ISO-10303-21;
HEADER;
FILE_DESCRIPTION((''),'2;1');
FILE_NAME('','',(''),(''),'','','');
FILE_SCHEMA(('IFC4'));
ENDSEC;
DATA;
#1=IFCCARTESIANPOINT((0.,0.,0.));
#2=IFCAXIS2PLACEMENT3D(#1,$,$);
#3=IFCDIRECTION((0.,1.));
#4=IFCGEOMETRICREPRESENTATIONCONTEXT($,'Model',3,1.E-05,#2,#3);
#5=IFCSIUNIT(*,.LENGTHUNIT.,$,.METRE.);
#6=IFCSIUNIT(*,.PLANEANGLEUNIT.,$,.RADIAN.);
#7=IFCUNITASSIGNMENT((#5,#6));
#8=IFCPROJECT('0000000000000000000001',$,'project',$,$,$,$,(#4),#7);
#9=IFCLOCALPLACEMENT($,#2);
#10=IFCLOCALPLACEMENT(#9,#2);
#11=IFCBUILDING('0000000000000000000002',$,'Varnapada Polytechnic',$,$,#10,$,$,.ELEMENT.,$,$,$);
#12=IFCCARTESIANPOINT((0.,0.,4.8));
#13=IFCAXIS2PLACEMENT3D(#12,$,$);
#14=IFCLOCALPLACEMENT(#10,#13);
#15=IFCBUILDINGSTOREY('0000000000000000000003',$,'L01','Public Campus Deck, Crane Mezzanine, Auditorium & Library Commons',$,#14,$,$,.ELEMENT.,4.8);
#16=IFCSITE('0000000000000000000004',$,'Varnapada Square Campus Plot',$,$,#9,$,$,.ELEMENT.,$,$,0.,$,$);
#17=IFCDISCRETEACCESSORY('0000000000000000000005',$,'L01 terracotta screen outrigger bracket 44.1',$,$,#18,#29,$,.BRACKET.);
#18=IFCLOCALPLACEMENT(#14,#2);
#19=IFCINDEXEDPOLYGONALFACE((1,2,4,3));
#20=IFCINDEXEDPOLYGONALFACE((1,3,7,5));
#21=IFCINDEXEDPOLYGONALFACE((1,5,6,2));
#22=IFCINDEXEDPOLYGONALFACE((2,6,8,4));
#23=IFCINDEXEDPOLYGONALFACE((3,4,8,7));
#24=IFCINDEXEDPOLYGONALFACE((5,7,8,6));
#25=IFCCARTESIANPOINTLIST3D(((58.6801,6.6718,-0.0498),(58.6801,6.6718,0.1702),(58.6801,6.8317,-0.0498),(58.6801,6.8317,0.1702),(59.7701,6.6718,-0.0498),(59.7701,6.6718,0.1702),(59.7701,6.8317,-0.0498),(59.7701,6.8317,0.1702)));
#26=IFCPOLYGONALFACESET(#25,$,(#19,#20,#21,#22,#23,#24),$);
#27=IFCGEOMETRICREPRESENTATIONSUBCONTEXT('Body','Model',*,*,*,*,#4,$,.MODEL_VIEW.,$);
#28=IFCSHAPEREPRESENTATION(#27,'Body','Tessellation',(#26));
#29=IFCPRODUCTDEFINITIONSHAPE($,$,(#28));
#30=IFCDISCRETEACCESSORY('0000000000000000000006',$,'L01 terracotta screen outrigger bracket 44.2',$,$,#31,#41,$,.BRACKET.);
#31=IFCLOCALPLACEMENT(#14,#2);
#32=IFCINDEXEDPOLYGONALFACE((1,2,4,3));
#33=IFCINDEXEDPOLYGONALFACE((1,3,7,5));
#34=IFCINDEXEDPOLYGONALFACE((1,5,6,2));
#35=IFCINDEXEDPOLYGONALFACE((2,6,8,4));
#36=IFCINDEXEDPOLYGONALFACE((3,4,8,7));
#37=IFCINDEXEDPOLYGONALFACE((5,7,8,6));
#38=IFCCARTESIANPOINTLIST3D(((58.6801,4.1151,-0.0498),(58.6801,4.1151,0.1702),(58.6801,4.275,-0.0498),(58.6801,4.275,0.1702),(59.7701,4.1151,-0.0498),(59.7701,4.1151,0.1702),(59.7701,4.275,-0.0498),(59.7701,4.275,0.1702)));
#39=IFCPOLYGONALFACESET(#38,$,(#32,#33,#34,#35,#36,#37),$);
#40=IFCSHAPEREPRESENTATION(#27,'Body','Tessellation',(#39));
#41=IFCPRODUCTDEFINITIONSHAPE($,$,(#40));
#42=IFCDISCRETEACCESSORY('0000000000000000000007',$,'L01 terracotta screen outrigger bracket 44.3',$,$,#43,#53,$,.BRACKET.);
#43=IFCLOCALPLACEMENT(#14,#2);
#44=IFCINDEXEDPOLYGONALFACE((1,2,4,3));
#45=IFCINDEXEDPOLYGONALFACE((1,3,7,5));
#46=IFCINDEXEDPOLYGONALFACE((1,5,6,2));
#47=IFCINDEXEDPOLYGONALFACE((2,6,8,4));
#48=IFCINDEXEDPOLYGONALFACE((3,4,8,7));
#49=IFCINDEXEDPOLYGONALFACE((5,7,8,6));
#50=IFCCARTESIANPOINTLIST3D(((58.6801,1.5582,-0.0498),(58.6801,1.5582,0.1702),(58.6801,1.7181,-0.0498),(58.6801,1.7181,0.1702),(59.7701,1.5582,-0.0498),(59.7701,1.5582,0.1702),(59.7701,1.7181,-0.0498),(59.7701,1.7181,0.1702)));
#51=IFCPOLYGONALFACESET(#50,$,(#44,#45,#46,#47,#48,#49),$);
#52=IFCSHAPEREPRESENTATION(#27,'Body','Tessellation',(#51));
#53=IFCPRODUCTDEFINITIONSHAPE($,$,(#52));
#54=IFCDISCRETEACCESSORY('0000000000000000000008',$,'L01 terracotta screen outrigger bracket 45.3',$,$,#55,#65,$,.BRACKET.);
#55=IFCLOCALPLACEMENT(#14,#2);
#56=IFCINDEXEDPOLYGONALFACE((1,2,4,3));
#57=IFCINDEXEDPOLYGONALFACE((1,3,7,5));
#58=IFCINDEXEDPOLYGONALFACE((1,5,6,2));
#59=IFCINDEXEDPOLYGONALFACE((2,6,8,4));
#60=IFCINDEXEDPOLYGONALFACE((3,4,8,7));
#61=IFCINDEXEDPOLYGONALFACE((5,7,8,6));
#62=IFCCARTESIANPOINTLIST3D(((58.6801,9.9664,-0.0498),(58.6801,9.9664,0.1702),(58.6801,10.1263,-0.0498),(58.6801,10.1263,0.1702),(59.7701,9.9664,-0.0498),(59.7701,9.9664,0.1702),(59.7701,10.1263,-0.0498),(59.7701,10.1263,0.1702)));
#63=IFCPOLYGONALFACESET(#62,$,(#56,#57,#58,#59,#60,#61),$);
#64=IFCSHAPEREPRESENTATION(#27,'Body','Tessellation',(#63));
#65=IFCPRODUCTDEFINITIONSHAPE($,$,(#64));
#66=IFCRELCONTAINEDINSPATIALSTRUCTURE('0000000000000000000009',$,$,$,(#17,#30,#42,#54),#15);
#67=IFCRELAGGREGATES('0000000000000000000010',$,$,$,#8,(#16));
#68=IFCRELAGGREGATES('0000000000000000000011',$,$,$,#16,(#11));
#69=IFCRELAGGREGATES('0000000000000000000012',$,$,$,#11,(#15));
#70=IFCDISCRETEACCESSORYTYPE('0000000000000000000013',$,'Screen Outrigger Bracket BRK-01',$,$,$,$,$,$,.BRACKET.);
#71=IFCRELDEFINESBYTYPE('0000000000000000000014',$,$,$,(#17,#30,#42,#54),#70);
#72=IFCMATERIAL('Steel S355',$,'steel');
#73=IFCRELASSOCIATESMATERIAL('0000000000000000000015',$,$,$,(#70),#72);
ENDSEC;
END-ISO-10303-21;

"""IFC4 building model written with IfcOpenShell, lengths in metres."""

from ifc_helpers import new_model, si_unit, direction, frame, origin, origin_2d, place, context, subcontext, project, spatial, rectangle, extrude, material, type_object, element, save


model = new_model("IFC4")

# Units and contexts
model_context = context("Model", 3, precision=1e-05, world=origin(), true_north=direction((0.0, 1.0)))
body_context = subcontext(model_context, "Body", "Model", "MODEL_VIEW")
ifc_project = project(units=[si_unit("LENGTHUNIT", "METRE"), si_unit("PLANEANGLEUNIT", "RADIAN")], contexts=[model_context])

# Site, building, storey
site_placement = place(None, origin())
site = spatial("IfcSite", under=ifc_project, at=site_placement, Name="Varnapada Square Campus Plot", CompositionType="ELEMENT", RefElevation=0.0)
building_placement = place(site_placement, origin())
building = spatial("IfcBuilding", under=site, at=building_placement, Name="Varnapada Polytechnic", CompositionType="ELEMENT")
storey_placement = place(building_placement, frame((0.0, 0.0, 4.8)))
storey = spatial("IfcBuildingStorey", under=building, at=storey_placement, Name="L01", Description="Public Campus Deck, Crane Mezzanine, Auditorium & Library Commons", CompositionType="ELEMENT", Elevation=4.8)

# Discrete accessories
ifc_material_1 = material(Name="Steel S355", Category="steel")
discrete_accessory_type = type_object("IfcDiscreteAccessoryType", Name="Screen Outrigger Bracket BRK-01", PredefinedType="BRACKET", material=ifc_material_1)
for number, where, z_axis, x_axis, name in (
    (1, (59.2251, 6.7517, -0.0498), (0.0, 0.0, 1.0), (0.0, -1.0, 0.0), "L01 terracotta screen outrigger bracket 44.1"),
    (2, (59.2251, 4.1951, -0.0498), (0.0, 0.0, 1.0), (0.0, -1.0, 0.0), "L01 terracotta screen outrigger bracket 44.2"),
    (3, (59.2251, 1.6382, -0.0498), (0.0, 0.0, 1.0), (0.0, -1.0, 0.0), "L01 terracotta screen outrigger bracket 44.3"),
    (4, (59.2251, 10.0464, -0.0498), (0.0, 0.0, 1.0), (0.0, -1.0, 0.0), "L01 terracotta screen outrigger bracket 45.3"),
):
    element("IfcDiscreteAccessory", number, at=place(storey_placement, frame(where, z_axis=z_axis, x_axis=x_axis)), inside=storey, type_object=discrete_accessory_type, Name=name, PredefinedType="BRACKET", context=body_context, shape_type="SweptSolid", body=[
        extrude(rectangle(XDim=0.1599, YDim=1.0901, at=origin_2d()), origin(), (0.0, 0.0, 1.0), 0.22),
    ])

save(model, "model.ifc")
